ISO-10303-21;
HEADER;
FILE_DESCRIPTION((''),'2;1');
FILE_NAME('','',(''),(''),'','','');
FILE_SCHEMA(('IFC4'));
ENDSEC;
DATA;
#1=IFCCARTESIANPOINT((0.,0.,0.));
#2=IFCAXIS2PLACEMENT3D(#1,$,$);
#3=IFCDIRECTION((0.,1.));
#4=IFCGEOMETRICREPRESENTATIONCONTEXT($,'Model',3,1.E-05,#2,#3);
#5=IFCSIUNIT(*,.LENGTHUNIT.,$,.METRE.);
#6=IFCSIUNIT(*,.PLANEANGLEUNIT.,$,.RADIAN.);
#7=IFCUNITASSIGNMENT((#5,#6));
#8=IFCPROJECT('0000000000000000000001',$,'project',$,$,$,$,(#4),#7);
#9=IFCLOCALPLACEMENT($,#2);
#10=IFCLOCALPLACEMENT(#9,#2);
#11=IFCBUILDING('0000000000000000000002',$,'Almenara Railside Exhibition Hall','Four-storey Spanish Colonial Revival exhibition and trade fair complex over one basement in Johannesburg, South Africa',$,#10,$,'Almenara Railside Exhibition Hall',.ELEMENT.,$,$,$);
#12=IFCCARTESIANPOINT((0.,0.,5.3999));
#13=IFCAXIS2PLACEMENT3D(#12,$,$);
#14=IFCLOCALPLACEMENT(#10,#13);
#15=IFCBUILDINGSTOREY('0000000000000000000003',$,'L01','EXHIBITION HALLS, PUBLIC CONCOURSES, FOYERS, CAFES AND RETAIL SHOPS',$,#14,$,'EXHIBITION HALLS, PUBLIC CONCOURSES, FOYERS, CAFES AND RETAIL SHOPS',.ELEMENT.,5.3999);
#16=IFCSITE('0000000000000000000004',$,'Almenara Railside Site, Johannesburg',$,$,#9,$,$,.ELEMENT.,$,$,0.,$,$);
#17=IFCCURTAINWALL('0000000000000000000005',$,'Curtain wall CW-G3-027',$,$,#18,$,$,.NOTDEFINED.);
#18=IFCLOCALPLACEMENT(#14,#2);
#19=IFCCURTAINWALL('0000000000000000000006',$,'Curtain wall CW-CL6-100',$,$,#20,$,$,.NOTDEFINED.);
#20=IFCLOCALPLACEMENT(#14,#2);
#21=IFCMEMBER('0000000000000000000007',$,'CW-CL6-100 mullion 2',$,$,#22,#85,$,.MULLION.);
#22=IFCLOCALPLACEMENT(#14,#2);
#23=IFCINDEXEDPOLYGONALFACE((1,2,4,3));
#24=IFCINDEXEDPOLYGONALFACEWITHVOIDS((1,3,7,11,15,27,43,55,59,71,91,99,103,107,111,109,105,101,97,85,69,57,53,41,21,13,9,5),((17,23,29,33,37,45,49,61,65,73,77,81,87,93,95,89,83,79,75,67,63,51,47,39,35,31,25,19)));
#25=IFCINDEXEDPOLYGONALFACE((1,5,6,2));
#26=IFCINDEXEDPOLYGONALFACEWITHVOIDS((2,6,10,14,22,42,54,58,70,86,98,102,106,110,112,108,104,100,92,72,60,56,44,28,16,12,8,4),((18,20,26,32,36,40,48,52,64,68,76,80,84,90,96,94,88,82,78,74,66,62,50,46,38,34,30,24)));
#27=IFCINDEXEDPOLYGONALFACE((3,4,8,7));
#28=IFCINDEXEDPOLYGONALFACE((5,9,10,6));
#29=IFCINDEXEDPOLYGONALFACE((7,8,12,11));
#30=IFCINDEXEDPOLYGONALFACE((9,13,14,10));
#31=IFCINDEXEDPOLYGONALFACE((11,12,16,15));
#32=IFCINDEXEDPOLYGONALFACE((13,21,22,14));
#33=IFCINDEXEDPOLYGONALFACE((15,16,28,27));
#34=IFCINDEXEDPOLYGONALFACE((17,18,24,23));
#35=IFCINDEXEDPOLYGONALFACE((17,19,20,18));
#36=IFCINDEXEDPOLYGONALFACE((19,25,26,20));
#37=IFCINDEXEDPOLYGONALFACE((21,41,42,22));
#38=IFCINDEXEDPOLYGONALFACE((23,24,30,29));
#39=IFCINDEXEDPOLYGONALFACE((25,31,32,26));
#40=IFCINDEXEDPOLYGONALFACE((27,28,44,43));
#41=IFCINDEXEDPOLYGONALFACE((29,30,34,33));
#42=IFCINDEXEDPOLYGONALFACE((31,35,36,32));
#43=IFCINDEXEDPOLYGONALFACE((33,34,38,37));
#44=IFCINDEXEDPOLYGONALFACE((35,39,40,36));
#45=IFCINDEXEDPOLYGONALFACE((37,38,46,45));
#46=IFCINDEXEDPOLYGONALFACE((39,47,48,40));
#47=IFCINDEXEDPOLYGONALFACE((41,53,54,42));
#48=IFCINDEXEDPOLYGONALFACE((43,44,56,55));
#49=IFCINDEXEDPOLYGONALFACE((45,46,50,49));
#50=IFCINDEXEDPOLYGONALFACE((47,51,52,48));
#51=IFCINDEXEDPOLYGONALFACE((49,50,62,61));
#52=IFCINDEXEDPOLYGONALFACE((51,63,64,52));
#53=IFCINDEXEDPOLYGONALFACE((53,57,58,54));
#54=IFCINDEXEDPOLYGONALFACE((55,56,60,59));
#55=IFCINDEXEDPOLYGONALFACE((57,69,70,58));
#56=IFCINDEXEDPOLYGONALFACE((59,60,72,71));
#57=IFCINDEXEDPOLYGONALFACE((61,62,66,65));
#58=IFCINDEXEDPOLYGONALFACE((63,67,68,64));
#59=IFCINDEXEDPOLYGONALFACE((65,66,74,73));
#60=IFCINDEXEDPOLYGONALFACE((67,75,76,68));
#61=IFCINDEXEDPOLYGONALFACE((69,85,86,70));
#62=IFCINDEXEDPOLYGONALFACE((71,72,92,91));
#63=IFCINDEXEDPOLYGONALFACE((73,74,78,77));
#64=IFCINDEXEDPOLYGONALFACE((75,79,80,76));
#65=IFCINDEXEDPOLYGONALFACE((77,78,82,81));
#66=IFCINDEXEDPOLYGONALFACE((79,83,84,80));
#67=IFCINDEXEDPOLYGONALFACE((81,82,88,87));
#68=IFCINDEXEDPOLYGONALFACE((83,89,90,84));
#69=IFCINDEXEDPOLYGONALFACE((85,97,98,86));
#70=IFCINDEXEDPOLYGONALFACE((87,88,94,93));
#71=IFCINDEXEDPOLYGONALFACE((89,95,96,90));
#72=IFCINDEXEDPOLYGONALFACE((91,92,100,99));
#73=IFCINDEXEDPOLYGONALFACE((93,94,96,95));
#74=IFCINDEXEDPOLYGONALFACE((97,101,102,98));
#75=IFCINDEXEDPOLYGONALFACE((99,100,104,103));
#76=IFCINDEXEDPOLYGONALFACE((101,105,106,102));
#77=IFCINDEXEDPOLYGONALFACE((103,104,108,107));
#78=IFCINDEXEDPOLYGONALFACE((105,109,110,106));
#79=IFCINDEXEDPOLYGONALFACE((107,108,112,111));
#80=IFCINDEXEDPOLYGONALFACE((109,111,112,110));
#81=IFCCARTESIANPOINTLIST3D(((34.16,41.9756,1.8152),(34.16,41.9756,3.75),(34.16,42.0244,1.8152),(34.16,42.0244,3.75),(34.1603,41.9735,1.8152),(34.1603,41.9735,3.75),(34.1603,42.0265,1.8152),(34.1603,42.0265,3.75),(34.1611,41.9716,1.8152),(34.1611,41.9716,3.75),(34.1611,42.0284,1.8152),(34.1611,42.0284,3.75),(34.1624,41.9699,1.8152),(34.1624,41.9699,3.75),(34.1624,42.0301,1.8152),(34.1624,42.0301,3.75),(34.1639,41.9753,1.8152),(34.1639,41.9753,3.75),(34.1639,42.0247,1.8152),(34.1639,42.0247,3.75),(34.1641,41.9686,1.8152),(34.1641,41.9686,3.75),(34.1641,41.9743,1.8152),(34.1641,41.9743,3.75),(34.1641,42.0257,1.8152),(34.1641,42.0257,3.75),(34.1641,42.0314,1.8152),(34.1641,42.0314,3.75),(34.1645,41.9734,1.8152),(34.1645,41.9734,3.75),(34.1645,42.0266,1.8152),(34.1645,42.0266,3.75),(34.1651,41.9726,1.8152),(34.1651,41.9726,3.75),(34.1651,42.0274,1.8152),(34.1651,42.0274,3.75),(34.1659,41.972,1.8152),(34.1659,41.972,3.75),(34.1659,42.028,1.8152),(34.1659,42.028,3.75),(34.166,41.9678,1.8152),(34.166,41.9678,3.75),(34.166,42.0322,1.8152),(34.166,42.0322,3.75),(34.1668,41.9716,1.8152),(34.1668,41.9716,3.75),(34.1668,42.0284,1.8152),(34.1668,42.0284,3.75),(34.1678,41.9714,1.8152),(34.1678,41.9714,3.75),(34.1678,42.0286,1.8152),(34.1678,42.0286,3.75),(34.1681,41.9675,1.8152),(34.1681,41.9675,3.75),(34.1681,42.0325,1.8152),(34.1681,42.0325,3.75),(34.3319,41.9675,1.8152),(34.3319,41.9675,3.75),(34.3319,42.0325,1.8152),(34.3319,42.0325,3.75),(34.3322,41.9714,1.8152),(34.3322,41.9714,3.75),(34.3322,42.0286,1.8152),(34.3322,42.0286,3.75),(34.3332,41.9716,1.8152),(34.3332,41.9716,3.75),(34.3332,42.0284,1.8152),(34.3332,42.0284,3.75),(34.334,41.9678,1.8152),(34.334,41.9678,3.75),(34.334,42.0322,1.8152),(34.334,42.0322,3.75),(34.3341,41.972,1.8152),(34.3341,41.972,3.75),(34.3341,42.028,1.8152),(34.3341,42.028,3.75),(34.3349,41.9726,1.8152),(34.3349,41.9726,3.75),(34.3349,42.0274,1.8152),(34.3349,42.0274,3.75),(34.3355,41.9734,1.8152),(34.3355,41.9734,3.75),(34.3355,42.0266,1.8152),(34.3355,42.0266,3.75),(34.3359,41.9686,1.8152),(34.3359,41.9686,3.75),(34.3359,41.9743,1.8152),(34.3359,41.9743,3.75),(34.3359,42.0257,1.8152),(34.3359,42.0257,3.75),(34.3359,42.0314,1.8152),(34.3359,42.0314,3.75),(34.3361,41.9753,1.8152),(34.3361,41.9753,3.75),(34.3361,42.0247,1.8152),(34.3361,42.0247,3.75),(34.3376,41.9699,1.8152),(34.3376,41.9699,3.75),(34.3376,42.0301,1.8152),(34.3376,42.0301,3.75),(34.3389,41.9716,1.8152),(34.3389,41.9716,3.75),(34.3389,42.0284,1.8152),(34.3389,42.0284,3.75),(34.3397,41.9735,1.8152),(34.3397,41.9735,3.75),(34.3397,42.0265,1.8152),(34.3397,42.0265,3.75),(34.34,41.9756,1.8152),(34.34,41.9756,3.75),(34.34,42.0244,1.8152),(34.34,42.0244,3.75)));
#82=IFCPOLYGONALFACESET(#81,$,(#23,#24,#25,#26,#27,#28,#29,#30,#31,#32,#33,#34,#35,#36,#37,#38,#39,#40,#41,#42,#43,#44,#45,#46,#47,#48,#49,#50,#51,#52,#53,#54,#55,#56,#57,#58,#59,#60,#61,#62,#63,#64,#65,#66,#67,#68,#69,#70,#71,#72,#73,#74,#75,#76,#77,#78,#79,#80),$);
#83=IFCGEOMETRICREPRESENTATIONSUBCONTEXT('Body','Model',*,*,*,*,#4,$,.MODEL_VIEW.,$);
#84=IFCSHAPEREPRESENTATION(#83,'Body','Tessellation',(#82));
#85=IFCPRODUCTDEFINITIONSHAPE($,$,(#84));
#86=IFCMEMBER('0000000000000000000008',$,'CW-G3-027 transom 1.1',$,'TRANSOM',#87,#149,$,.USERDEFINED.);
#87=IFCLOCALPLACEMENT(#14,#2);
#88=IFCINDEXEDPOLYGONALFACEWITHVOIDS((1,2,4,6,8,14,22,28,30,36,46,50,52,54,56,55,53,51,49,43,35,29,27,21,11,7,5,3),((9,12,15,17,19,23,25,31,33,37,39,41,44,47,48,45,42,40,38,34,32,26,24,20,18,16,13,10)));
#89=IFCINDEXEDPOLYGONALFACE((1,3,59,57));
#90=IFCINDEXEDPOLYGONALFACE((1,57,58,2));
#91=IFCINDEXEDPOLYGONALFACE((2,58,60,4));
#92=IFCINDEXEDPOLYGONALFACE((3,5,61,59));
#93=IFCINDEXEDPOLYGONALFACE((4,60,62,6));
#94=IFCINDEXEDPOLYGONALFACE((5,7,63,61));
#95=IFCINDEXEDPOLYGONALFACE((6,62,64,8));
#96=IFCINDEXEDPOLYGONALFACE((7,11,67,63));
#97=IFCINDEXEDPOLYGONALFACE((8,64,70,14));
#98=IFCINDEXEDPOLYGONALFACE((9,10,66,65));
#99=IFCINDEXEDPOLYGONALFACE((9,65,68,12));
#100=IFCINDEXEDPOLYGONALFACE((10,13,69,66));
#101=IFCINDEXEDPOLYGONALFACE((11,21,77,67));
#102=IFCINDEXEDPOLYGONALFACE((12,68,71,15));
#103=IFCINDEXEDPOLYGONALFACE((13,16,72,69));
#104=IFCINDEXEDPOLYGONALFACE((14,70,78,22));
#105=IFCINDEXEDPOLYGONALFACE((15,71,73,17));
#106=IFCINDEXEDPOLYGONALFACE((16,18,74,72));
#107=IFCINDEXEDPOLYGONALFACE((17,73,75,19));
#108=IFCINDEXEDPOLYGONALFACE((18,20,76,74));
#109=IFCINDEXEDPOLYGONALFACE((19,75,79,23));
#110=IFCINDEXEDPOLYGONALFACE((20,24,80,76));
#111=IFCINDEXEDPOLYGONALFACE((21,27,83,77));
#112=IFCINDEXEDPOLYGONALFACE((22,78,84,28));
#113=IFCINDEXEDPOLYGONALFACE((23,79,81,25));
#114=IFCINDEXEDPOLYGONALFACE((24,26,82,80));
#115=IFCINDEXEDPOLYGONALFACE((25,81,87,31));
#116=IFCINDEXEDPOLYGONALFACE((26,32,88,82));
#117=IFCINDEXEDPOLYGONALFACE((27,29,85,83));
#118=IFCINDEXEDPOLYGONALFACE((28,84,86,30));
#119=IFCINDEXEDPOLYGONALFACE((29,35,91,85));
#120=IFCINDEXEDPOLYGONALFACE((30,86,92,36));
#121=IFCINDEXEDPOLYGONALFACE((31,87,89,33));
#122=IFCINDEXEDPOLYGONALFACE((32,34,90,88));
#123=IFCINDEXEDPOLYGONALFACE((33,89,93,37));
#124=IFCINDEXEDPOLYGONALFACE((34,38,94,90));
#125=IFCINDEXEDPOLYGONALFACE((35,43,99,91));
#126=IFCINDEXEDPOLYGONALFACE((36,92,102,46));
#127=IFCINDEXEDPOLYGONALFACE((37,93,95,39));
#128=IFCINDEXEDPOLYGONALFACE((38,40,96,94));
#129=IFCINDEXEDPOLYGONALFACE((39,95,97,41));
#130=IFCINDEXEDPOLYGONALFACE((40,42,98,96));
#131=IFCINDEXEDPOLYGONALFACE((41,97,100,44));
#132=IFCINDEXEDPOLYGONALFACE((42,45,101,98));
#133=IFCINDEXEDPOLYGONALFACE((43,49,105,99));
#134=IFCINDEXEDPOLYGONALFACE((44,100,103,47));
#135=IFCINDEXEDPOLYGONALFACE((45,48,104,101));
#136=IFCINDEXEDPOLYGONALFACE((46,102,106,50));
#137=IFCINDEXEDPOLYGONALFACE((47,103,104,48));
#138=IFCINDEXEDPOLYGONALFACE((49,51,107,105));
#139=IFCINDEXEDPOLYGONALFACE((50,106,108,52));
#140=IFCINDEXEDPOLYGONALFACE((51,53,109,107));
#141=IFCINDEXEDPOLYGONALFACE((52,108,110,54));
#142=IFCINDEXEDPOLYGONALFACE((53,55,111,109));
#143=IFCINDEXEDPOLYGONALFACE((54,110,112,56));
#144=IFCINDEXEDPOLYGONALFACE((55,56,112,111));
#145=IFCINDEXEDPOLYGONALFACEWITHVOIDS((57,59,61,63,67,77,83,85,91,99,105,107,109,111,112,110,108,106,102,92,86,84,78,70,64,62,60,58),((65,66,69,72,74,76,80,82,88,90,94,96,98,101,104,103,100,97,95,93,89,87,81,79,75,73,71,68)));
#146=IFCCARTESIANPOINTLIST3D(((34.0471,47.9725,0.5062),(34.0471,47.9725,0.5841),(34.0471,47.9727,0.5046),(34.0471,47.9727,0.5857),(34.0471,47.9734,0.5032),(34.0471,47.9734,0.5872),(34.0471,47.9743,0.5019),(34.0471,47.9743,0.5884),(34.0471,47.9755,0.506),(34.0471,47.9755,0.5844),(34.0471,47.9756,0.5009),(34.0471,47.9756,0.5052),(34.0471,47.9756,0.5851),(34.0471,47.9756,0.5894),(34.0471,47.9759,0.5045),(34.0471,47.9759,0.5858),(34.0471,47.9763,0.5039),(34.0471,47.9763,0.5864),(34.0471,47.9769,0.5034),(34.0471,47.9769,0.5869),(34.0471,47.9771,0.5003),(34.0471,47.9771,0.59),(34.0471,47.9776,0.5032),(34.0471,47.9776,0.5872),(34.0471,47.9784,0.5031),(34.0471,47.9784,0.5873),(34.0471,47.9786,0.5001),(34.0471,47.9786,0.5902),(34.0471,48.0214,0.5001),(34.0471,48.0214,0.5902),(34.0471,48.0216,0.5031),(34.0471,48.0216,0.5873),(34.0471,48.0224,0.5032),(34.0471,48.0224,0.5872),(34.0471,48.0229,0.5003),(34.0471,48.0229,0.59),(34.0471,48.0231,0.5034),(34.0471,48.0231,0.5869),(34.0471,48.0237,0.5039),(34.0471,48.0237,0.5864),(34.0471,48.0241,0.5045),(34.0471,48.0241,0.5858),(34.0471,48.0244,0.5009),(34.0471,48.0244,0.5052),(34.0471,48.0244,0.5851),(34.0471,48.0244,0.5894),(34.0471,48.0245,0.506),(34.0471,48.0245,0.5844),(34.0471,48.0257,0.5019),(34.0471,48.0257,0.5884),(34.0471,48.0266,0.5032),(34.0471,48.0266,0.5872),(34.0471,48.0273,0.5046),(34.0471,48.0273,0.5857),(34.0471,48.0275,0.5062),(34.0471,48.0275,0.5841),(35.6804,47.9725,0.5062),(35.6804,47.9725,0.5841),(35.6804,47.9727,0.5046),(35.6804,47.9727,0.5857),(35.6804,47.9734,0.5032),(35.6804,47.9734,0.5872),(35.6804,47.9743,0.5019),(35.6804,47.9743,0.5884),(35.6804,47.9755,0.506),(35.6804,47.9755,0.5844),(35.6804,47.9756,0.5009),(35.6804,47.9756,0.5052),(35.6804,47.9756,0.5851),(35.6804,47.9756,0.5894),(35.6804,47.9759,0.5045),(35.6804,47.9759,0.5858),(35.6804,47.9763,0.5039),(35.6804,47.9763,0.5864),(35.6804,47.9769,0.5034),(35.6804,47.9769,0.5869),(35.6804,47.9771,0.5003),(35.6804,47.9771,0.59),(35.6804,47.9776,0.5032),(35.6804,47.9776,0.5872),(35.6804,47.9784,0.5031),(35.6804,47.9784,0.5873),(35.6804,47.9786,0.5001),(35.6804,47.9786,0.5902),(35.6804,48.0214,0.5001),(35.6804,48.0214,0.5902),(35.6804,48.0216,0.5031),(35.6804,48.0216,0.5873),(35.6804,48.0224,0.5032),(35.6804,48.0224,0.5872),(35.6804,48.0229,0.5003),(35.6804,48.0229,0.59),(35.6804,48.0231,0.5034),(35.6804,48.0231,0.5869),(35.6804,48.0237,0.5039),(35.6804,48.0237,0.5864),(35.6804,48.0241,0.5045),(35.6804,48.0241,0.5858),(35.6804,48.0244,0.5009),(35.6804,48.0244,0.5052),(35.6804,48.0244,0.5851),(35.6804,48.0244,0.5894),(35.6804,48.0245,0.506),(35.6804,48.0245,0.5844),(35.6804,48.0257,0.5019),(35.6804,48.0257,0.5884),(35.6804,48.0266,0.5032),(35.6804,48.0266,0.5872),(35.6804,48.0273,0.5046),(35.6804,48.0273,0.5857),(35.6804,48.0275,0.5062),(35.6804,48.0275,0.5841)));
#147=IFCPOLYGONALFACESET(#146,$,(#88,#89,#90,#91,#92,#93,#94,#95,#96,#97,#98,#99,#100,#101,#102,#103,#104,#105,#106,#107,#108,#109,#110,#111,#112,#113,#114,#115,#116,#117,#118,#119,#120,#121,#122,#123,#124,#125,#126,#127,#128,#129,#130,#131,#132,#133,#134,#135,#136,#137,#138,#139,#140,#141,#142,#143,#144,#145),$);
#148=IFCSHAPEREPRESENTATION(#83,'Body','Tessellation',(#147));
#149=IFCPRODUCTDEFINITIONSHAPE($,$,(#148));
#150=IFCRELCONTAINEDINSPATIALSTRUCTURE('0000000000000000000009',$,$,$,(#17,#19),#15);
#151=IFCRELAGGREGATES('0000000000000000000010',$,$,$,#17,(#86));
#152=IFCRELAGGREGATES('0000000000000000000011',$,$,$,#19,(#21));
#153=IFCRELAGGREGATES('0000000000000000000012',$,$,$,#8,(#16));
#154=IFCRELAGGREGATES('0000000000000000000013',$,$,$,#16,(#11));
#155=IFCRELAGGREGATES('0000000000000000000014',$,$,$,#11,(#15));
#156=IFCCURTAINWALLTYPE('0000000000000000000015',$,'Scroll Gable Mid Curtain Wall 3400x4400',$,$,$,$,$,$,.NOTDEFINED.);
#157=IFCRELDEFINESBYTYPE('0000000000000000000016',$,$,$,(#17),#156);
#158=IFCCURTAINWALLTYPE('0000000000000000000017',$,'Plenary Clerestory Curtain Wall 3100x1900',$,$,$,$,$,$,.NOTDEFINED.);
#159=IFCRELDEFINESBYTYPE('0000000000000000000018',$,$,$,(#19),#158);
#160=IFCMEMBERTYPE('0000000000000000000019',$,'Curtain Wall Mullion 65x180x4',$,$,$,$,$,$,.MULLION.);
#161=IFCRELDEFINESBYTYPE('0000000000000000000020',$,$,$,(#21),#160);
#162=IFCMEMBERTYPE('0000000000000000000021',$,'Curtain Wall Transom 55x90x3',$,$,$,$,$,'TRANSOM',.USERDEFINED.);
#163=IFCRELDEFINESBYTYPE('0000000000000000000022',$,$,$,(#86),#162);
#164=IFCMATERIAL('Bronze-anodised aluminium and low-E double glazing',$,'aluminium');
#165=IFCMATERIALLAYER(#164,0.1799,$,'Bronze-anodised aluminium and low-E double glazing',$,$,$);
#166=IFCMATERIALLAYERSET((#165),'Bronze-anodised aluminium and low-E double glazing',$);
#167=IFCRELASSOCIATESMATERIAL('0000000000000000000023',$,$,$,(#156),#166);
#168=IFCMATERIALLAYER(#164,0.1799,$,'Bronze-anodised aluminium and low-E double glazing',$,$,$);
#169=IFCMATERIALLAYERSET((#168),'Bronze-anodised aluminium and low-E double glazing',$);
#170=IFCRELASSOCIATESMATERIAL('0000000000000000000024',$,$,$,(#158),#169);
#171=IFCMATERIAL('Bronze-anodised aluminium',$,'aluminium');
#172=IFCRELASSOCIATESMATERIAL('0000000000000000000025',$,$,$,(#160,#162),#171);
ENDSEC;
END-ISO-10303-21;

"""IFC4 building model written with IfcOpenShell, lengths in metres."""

from ifc_helpers import new_model, si_unit, direction, frame, origin, origin_2d, place, context, subcontext, project, spatial, hollow_rectangle, extrude, material, layer, layer_set, material_profile, profile_set, type_object, element, aggregate, save


model = new_model("IFC4")

# Units and contexts
model_context = context("Model", 3, precision=1e-05, world=origin(), true_north=direction((0.0, 1.0)))
body_context = subcontext(model_context, "Body", "Model", "MODEL_VIEW")
ifc_project = project(units=[si_unit("LENGTHUNIT", "METRE"), si_unit("PLANEANGLEUNIT", "RADIAN")], contexts=[model_context])

# Site, building, storey
site_placement = place(None, origin())
site = spatial("IfcSite", under=ifc_project, at=site_placement, Name="Almenara Railside Site, Johannesburg", CompositionType="ELEMENT", RefElevation=0.0)
building_placement = place(site_placement, origin())
building = spatial("IfcBuilding", under=site, at=building_placement, Name="Almenara Railside Exhibition Hall", Description="Four-storey Spanish Colonial Revival exhibition and trade fair complex over one basement in Johannesburg, South Africa", LongName="Almenara Railside Exhibition Hall", CompositionType="ELEMENT")
storey_placement = place(building_placement, frame((0.0, 0.0, 5.3999)))
storey = spatial("IfcBuildingStorey", under=building, at=storey_placement, Name="L01", Description="EXHIBITION HALLS, PUBLIC CONCOURSES, FOYERS, CAFES AND RETAIL SHOPS", LongName="EXHIBITION HALLS, PUBLIC CONCOURSES, FOYERS, CAFES AND RETAIL SHOPS", CompositionType="ELEMENT", Elevation=5.3999)

# Curtain wall
ifc_material_1 = material(Name="Bronze-anodised aluminium and low-E double glazing", Category="aluminium")
ifc_layer_1 = layer(ifc_material_1, 0.1799, Name="Bronze-anodised aluminium and low-E double glazing")
ifc_layer_set_1 = layer_set([ifc_layer_1], Name="Bronze-anodised aluminium and low-E double glazing")
curtain_wall_type_1 = type_object("IfcCurtainWallType", Name="Scroll Gable Mid Curtain Wall 3400x4400", PredefinedType="NOTDEFINED", material=ifc_layer_set_1)
curtain_wall_1_placement = place(storey_placement, origin())
curtain_wall_1 = element("IfcCurtainWall", 1, at=curtain_wall_1_placement, inside=storey, type_object=curtain_wall_type_1, Name="Curtain wall CW-G3-027", PredefinedType="NOTDEFINED")
ifc_material_2 = material(Name="Bronze-anodised aluminium", Category="aluminium")

# Curtain wall, member
ifc_layer_2 = layer(ifc_material_1, 0.1799, Name="Bronze-anodised aluminium and low-E double glazing")
ifc_layer_set_2 = layer_set([ifc_layer_2], Name="Bronze-anodised aluminium and low-E double glazing")
curtain_wall_type_2 = type_object("IfcCurtainWallType", Name="Plenary Clerestory Curtain Wall 3100x1900", PredefinedType="NOTDEFINED", material=ifc_layer_set_2)
curtain_wall_2_placement = place(storey_placement, origin())
curtain_wall_2 = element("IfcCurtainWall", 2, at=curtain_wall_2_placement, inside=storey, type_object=curtain_wall_type_2, Name="Curtain wall CW-CL6-100", PredefinedType="NOTDEFINED")
ifc_material_profile_1 = material_profile(ifc_material_2, hollow_rectangle(XDim=0.0649, YDim=0.1799, WallThickness=0.0039, InnerFilletRadius=0.0039, OuterFilletRadius=0.0081, at=origin_2d()), Name="ALU-MUL 65x180x4")
ifc_profile_set_1 = profile_set([ifc_material_profile_1], Name="Bronze-anodised aluminium")
member_type_1 = type_object("IfcMemberType", Name="Curtain Wall Mullion 65x180x4", PredefinedType="MULLION", material=ifc_profile_set_1)
member_1_placement = place(storey_placement, frame((34.25, 42.0, 1.8152), z_axis=(0.0, 0.0, 1.0), x_axis=(0.0, 1.0, 0.0)))
member_1 = element("IfcMember", 3, at=member_1_placement, type_object=member_type_1, Name="CW-CL6-100 mullion 2", PredefinedType="MULLION", context=body_context, shape_type="SweptSolid", body=[
    extrude(hollow_rectangle(XDim=0.0649, YDim=0.1799, WallThickness=0.0039, InnerFilletRadius=0.0039, OuterFilletRadius=0.0081, at=origin_2d()), origin(), (0.0, 0.0, 1.0), 1.9348),
])

# Member
ifc_material_profile_2 = material_profile(ifc_material_2, hollow_rectangle(XDim=0.0549, YDim=0.0901, WallThickness=0.0029, InnerFilletRadius=0.0029, OuterFilletRadius=0.0061, at=origin_2d()), Name="ALU-TRN 55x90x3")
ifc_profile_set_2 = profile_set([ifc_material_profile_2], Name="Bronze-anodised aluminium")
member_type_2 = type_object("IfcMemberType", Name="Curtain Wall Transom 55x90x3", ElementType="TRANSOM", PredefinedType="USERDEFINED", material=ifc_profile_set_2)
member_2_placement = place(storey_placement, frame((34.0471, 48.0, 0.5452), z_axis=(1.0, 0.0, 0.0), x_axis=(0.0, 1.0, 0.0)))
member_2 = element("IfcMember", 4, at=member_2_placement, type_object=member_type_2, Name="CW-G3-027 transom 1.1", ObjectType="TRANSOM", PredefinedType="USERDEFINED", context=body_context, shape_type="SweptSolid", body=[
    extrude(hollow_rectangle(XDim=0.0549, YDim=0.0901, WallThickness=0.0029, InnerFilletRadius=0.0029, OuterFilletRadius=0.0061, at=origin_2d()), origin(), (0.0, 0.0, 1.0), 1.6333),
])
aggregate(curtain_wall_1, [member_2])

aggregate(curtain_wall_2, [member_1])

save(model, "model.ifc")
